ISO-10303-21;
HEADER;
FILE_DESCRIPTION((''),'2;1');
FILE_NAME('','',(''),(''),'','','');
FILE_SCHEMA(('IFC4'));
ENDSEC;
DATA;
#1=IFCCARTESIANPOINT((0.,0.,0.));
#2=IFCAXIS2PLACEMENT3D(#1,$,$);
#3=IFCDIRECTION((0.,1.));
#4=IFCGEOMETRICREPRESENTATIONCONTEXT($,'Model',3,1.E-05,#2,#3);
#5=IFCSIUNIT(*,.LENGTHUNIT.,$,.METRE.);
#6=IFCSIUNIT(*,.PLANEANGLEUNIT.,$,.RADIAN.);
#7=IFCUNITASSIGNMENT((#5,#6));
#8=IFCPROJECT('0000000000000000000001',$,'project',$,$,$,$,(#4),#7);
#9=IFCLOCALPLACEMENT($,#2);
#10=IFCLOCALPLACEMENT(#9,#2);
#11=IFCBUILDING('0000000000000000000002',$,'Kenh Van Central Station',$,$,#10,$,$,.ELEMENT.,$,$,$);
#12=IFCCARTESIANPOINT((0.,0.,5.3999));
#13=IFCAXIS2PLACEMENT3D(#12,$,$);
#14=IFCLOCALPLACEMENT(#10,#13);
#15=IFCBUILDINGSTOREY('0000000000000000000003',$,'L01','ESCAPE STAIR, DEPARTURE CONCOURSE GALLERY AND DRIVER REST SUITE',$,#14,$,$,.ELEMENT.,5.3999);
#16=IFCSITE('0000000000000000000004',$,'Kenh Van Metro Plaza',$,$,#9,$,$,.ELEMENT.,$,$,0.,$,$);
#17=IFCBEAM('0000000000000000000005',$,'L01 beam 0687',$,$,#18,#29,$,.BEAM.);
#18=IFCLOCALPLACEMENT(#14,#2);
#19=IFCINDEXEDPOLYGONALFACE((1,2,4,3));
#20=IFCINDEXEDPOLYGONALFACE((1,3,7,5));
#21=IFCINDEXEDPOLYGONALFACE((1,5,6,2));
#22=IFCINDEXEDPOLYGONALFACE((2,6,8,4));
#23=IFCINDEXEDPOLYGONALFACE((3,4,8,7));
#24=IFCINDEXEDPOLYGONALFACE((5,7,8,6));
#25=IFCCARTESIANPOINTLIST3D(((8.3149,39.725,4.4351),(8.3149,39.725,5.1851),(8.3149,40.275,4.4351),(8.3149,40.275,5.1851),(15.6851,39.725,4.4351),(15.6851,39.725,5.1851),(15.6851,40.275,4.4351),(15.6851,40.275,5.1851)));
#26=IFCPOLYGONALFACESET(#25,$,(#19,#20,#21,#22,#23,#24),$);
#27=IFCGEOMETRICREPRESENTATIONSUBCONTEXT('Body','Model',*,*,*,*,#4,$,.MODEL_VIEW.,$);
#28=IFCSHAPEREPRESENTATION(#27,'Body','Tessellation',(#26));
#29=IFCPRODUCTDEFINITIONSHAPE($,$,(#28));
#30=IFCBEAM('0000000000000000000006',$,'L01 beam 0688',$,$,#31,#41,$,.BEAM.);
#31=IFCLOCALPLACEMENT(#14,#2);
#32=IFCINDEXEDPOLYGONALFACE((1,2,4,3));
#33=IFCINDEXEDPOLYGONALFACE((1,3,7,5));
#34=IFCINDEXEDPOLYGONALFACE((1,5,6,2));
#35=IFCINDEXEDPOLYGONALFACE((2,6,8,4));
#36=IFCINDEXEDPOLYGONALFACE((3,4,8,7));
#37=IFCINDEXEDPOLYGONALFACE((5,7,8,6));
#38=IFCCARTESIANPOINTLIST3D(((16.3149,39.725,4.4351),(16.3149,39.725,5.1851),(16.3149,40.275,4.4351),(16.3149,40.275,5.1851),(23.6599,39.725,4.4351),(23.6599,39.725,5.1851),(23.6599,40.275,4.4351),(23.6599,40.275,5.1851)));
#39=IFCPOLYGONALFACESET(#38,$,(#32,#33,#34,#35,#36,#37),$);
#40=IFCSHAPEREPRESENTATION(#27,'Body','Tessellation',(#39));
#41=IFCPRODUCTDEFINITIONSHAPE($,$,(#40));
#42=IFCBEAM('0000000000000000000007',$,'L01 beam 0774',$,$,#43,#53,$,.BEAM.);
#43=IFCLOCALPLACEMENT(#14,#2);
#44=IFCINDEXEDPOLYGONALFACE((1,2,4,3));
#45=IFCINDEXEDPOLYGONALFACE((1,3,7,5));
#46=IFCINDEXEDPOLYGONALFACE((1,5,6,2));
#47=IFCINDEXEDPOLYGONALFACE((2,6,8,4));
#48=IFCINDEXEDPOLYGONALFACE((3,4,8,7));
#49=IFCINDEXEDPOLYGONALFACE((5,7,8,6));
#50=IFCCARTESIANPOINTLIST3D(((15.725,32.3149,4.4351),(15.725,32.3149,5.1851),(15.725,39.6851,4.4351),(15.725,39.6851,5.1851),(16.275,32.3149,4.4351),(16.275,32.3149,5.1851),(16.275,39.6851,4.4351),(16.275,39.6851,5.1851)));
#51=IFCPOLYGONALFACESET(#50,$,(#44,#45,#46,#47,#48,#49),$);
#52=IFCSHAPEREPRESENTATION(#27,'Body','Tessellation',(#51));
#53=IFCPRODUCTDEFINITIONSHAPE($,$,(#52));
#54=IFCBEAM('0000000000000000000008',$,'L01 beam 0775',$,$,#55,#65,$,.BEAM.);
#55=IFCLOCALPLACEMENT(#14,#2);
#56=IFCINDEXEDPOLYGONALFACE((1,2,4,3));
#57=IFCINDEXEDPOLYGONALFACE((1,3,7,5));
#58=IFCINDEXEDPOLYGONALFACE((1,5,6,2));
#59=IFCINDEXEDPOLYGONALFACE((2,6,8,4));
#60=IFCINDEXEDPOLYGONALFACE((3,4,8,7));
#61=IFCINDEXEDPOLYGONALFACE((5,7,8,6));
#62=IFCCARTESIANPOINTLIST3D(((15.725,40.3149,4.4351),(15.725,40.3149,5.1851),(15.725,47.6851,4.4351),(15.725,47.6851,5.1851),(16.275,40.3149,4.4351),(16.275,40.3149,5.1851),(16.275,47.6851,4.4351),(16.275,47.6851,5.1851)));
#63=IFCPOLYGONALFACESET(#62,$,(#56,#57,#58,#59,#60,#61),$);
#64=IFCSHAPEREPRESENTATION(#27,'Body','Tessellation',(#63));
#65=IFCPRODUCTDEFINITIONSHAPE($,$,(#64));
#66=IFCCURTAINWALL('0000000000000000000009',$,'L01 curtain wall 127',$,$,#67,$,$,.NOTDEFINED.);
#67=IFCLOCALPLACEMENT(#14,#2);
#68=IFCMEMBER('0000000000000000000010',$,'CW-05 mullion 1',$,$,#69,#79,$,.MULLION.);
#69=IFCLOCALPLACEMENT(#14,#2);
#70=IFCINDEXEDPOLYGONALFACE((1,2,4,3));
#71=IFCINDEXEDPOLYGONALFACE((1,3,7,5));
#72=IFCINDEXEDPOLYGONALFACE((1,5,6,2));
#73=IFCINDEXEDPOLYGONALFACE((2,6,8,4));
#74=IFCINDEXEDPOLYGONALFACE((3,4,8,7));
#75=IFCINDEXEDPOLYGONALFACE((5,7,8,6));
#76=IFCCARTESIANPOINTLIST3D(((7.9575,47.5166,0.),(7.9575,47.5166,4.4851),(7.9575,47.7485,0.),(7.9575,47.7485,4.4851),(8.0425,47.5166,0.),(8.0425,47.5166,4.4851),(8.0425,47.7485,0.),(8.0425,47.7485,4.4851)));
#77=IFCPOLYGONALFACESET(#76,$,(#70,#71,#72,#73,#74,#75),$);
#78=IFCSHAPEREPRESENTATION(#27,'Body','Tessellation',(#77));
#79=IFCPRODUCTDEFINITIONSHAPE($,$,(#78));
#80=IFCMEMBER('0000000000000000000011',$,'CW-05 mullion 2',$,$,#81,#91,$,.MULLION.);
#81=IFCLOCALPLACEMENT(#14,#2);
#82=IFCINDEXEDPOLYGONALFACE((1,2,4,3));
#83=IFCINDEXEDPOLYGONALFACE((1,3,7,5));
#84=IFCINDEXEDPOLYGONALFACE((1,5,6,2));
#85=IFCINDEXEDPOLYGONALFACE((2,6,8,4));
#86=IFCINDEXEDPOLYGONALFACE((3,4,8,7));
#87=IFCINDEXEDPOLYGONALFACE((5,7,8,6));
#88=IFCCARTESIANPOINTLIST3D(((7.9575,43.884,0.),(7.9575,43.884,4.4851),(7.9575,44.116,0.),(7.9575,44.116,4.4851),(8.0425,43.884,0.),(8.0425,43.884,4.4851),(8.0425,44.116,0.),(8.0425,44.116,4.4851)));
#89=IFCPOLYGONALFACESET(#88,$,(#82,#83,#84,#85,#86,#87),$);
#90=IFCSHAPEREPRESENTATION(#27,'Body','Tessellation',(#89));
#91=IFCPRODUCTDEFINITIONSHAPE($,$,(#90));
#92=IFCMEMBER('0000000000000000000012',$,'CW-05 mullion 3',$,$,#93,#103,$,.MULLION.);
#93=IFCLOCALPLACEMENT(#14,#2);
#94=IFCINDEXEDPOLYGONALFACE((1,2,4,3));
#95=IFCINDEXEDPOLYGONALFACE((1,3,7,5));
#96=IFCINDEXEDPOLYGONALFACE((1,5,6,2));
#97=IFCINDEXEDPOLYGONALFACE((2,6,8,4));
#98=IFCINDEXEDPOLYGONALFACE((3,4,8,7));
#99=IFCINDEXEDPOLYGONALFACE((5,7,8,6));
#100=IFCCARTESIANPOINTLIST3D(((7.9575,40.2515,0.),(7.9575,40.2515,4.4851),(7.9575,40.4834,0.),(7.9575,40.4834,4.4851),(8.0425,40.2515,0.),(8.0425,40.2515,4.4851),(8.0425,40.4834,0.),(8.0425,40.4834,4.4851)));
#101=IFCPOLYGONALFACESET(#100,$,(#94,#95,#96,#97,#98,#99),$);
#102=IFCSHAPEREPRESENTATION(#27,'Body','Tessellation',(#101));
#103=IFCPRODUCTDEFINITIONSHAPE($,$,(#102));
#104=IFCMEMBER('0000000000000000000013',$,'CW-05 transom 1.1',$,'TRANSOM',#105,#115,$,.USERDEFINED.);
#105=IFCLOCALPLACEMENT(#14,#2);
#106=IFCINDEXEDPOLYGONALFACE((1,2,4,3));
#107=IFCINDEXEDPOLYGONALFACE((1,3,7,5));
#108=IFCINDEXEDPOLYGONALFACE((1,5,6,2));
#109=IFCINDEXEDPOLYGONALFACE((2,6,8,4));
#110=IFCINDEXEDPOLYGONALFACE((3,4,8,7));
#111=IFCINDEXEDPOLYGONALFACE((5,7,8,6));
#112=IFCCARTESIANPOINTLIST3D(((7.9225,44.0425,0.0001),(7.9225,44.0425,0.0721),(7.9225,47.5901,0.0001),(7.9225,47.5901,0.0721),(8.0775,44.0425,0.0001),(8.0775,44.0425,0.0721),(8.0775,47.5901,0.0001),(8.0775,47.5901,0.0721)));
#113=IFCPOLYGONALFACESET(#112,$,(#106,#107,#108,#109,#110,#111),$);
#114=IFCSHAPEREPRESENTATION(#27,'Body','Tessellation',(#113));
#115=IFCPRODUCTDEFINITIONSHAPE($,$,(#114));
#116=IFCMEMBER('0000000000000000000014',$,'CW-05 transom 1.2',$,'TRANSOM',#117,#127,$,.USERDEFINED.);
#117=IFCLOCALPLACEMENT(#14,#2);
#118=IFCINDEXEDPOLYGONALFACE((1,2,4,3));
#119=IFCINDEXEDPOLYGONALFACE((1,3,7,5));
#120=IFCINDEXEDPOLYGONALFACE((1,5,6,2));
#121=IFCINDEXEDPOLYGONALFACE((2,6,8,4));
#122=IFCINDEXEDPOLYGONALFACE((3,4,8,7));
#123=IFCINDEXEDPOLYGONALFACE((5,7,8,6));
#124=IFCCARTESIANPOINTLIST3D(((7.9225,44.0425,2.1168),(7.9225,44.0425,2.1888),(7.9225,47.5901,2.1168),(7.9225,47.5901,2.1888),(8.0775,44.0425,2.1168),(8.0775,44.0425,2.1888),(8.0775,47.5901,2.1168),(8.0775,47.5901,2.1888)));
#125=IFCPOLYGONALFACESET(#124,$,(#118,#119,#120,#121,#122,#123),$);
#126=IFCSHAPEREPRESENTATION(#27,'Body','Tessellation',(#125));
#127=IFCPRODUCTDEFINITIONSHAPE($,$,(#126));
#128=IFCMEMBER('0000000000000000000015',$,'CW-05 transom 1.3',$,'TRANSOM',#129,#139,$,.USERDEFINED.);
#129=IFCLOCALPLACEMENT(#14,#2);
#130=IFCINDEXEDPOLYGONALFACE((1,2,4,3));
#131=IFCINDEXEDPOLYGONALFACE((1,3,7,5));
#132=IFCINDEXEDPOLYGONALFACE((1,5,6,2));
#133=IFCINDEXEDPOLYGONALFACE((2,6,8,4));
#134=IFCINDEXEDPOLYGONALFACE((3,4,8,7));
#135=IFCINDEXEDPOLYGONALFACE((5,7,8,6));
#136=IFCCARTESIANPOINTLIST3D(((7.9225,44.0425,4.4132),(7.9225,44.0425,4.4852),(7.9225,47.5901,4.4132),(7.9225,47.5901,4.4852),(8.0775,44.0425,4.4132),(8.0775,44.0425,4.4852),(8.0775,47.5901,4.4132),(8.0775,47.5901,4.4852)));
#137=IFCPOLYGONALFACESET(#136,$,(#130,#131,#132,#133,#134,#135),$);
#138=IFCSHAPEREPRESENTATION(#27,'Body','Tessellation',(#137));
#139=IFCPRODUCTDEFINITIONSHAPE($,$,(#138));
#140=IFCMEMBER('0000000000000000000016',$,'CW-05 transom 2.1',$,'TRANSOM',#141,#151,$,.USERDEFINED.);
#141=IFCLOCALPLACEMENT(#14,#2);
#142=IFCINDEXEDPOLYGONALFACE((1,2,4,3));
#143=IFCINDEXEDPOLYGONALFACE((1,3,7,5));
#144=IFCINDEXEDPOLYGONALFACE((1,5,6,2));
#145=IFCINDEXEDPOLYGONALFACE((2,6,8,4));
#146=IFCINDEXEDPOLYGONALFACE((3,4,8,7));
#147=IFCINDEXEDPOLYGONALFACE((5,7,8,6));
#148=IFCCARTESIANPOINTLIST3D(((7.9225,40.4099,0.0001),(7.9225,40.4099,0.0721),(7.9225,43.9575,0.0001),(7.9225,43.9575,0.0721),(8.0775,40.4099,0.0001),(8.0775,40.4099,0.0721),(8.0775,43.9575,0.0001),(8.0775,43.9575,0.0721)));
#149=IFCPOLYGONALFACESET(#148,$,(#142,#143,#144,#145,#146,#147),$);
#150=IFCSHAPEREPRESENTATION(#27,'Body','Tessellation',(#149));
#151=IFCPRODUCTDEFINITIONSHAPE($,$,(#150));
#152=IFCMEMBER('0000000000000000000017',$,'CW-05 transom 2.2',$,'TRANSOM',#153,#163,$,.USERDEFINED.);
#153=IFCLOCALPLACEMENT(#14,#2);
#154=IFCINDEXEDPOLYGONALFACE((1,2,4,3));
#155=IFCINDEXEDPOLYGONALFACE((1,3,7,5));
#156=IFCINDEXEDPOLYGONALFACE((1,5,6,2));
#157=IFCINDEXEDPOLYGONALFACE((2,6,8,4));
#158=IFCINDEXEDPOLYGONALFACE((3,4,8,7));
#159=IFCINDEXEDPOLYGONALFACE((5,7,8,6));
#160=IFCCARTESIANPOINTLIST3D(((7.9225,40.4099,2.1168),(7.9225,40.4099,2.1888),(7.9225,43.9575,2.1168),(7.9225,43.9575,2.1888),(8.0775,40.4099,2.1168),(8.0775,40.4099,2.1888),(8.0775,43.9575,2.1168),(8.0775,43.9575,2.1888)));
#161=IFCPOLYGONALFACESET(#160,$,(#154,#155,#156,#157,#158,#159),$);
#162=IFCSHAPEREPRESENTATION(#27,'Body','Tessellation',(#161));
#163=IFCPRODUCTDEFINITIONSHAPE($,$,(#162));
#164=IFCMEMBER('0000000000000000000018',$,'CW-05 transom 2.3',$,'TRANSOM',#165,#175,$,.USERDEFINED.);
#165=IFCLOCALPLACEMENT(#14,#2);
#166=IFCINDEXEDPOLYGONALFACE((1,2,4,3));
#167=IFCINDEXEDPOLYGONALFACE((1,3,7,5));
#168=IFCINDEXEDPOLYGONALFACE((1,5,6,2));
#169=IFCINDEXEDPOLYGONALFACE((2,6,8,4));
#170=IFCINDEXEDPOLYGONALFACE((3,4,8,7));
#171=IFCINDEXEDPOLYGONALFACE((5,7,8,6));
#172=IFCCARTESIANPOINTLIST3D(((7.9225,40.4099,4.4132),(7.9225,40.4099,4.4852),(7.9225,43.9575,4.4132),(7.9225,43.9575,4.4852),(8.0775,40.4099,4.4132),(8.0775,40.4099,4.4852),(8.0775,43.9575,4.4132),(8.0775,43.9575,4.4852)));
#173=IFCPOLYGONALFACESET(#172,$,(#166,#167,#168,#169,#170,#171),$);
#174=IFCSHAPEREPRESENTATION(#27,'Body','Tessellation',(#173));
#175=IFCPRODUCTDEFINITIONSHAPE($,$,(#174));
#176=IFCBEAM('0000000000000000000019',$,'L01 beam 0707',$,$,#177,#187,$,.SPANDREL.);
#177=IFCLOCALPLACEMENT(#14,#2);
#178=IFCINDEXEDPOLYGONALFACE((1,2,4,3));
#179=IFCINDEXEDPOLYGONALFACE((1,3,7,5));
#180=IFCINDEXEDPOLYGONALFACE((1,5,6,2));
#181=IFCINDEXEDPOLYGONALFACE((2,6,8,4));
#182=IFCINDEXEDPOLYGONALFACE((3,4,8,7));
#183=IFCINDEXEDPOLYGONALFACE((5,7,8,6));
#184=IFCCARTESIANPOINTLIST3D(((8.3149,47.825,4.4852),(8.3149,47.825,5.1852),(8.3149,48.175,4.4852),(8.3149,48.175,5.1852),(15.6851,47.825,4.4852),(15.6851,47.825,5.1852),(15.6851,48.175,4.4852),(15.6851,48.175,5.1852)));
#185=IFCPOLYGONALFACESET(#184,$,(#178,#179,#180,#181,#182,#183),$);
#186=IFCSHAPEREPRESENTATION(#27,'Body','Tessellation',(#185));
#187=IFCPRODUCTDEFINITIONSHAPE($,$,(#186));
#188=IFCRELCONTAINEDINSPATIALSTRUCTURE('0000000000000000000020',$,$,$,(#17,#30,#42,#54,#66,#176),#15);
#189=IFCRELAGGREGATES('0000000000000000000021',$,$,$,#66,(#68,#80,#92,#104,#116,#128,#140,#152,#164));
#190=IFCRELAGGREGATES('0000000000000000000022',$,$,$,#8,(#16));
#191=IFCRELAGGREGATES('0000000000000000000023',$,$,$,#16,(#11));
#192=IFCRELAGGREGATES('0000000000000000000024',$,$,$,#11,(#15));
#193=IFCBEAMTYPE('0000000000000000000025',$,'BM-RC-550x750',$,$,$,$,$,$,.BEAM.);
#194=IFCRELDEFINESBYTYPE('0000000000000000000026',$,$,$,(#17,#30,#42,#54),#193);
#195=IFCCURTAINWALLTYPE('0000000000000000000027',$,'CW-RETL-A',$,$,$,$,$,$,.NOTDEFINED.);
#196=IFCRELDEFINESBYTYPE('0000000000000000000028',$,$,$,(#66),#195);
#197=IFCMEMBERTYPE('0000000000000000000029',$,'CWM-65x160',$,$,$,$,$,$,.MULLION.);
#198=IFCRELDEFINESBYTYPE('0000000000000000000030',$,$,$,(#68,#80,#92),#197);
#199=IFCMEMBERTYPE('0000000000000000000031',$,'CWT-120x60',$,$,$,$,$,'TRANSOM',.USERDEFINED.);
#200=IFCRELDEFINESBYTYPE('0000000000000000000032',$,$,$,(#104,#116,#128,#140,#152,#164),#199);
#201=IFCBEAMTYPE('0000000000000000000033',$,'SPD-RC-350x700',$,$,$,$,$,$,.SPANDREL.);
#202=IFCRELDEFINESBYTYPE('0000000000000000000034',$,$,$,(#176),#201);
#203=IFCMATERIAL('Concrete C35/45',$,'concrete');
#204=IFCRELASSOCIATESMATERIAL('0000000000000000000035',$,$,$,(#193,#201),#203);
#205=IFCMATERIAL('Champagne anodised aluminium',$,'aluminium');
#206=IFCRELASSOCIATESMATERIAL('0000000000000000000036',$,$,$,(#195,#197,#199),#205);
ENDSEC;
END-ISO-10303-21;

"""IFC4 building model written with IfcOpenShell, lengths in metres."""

from ifc_helpers import new_model, si_unit, direction, frame, origin, origin_2d, place, context, subcontext, project, spatial, rectangle, extrude, material, material_profile, profile_set, type_object, element, aggregate, save


model = new_model("IFC4")

# Units and contexts
model_context = context("Model", 3, precision=1e-05, world=origin(), true_north=direction((0.0, 1.0)))
body_context = subcontext(model_context, "Body", "Model", "MODEL_VIEW")
ifc_project = project(units=[si_unit("LENGTHUNIT", "METRE"), si_unit("PLANEANGLEUNIT", "RADIAN")], contexts=[model_context])

# Site, building, storey
site_placement = place(None, origin())
site = spatial("IfcSite", under=ifc_project, at=site_placement, Name="Kenh Van Metro Plaza", CompositionType="ELEMENT", RefElevation=0.0)
building_placement = place(site_placement, origin())
building = spatial("IfcBuilding", under=site, at=building_placement, Name="Kenh Van Central Station", CompositionType="ELEMENT")
storey_placement = place(building_placement, frame((0.0, 0.0, 5.3999)))
storey = spatial("IfcBuildingStorey", under=building, at=storey_placement, Name="L01", Description="ESCAPE STAIR, DEPARTURE CONCOURSE GALLERY AND DRIVER REST SUITE", CompositionType="ELEMENT", Elevation=5.3999)

# Shared definitions
ifc_material_1 = material(Name="Concrete C35/45", Category="concrete")

# Beams
ifc_material_profile_1 = material_profile(ifc_material_1, rectangle(XDim=0.55, YDim=0.75, at=origin_2d()), Name="RC 550x750")
ifc_profile_set_1 = profile_set([ifc_material_profile_1], Name="Concrete C35/45")
beam_type_1 = type_object("IfcBeamType", Name="BM-RC-550x750", PredefinedType="BEAM", material=ifc_profile_set_1)
beam_1_placement = place(storey_placement, frame((8.3149, 40.0, 4.8101), z_axis=(1.0, 0.0, 0.0), x_axis=(0.0, 1.0, 0.0)))
element("IfcBeam", 1, at=beam_1_placement, inside=storey, type_object=beam_type_1, Name="L01 beam 0687", PredefinedType="BEAM", context=body_context, shape_type="SweptSolid", body=[
    extrude(rectangle(XDim=0.55, YDim=0.75, at=origin_2d()), origin(), (0.0, 0.0, 1.0), 7.3701),
])
beam_2_placement = place(storey_placement, frame((16.3149, 40.0, 4.8101), z_axis=(1.0, 0.0, 0.0), x_axis=(0.0, 1.0, 0.0)))
element("IfcBeam", 2, at=beam_2_placement, inside=storey, type_object=beam_type_1, Name="L01 beam 0688", PredefinedType="BEAM", context=body_context, shape_type="SweptSolid", body=[
    extrude(rectangle(XDim=0.55, YDim=0.75, at=origin_2d()), origin(), (0.0, 0.0, 1.0), 7.345),
])
for number, where, z_axis, x_axis, name in (
    (3, (16.0, 32.3149, 4.8101), (0.0, 1.0, 0.0), (-1.0, 0.0, 0.0), "L01 beam 0774"),
    (4, (16.0, 40.3149, 4.8101), (0.0, 1.0, 0.0), (-1.0, 0.0, 0.0), "L01 beam 0775"),
):
    element("IfcBeam", number, at=place(storey_placement, frame(where, z_axis=z_axis, x_axis=x_axis)), inside=storey, type_object=beam_type_1, Name=name, PredefinedType="BEAM", context=body_context, shape_type="SweptSolid", body=[
        extrude(rectangle(XDim=0.55, YDim=0.75, at=origin_2d()), origin(), (0.0, 0.0, 1.0), 7.3701),
    ])

# Curtain wall, members
ifc_material_2 = material(Name="Champagne anodised aluminium", Category="aluminium")
curtain_wall_type = type_object("IfcCurtainWallType", Name="CW-RETL-A", PredefinedType="NOTDEFINED", material=ifc_material_2)
curtain_wall_placement = place(storey_placement, origin())
curtain_wall = element("IfcCurtainWall", 5, at=curtain_wall_placement, inside=storey, type_object=curtain_wall_type, Name="L01 curtain wall 127", PredefinedType="NOTDEFINED")
ifc_material_profile_2 = material_profile(ifc_material_2, rectangle(XDim=0.085, YDim=0.2319, at=origin_2d()), Name="AL 85x232")
ifc_profile_set_2 = profile_set([ifc_material_profile_2], Name="Champagne anodised aluminium")
member_type_1 = type_object("IfcMemberType", Name="CWM-65x160", PredefinedType="MULLION", material=ifc_profile_set_2)
member_1_placement = place(storey_placement, frame((8.0, 47.6326, 0.0), z_axis=(0.0, 0.0, 1.0), x_axis=(1.0, 0.0, 0.0)))
member_1 = element("IfcMember", 6, at=member_1_placement, type_object=member_type_1, Name="CW-05 mullion 1", PredefinedType="MULLION", context=body_context, shape_type="SweptSolid", body=[
    extrude(rectangle(XDim=0.085, YDim=0.2319, at=origin_2d()), origin(), (0.0, 0.0, 1.0), 4.4851),
])
member_2_placement = place(storey_placement, frame((8.0, 44.0, 0.0), z_axis=(0.0, 0.0, 1.0), x_axis=(1.0, 0.0, 0.0)))
member_2 = element("IfcMember", 7, at=member_2_placement, type_object=member_type_1, Name="CW-05 mullion 2", PredefinedType="MULLION", context=body_context, shape_type="SweptSolid", body=[
    extrude(rectangle(XDim=0.085, YDim=0.2319, at=origin_2d()), origin(), (0.0, 0.0, 1.0), 4.4851),
])
member_3_placement = place(storey_placement, frame((8.0, 40.3674, 0.0), z_axis=(0.0, 0.0, 1.0), x_axis=(1.0, 0.0, 0.0)))
member_3 = element("IfcMember", 8, at=member_3_placement, type_object=member_type_1, Name="CW-05 mullion 3", PredefinedType="MULLION", context=body_context, shape_type="SweptSolid", body=[
    extrude(rectangle(XDim=0.085, YDim=0.2319, at=origin_2d()), origin(), (0.0, 0.0, 1.0), 4.4851),
])
ifc_material_profile_3 = material_profile(ifc_material_2, rectangle(XDim=0.155, YDim=0.072, at=origin_2d()), Name="AL 155x72")
ifc_profile_set_3 = profile_set([ifc_material_profile_3], Name="Champagne anodised aluminium")
member_type_2 = type_object("IfcMemberType", Name="CWT-120x60", ElementType="TRANSOM", PredefinedType="USERDEFINED", material=ifc_profile_set_3)
member_4_placement = place(storey_placement, frame((8.0, 47.5901, 0.0361), z_axis=(0.0, -1.0, 0.0), x_axis=(1.0, 0.0, 0.0)))
member_4 = element("IfcMember", 9, at=member_4_placement, type_object=member_type_2, Name="CW-05 transom 1.1", ObjectType="TRANSOM", PredefinedType="USERDEFINED", context=body_context, shape_type="SweptSolid", body=[
    extrude(rectangle(XDim=0.155, YDim=0.072, at=origin_2d()), origin(), (0.0, 0.0, 1.0), 3.5476),
])
member_5_placement = place(storey_placement, frame((8.0, 47.5901, 2.1528), z_axis=(0.0, -1.0, 0.0), x_axis=(1.0, 0.0, 0.0)))
member_5 = element("IfcMember", 10, at=member_5_placement, type_object=member_type_2, Name="CW-05 transom 1.2", ObjectType="TRANSOM", PredefinedType="USERDEFINED", context=body_context, shape_type="SweptSolid", body=[
    extrude(rectangle(XDim=0.155, YDim=0.072, at=origin_2d()), origin(), (0.0, 0.0, 1.0), 3.5476),
])
member_6_placement = place(storey_placement, frame((8.0, 47.5901, 4.4492), z_axis=(0.0, -1.0, 0.0), x_axis=(1.0, 0.0, 0.0)))
member_6 = element("IfcMember", 11, at=member_6_placement, type_object=member_type_2, Name="CW-05 transom 1.3", ObjectType="TRANSOM", PredefinedType="USERDEFINED", context=body_context, shape_type="SweptSolid", body=[
    extrude(rectangle(XDim=0.155, YDim=0.072, at=origin_2d()), origin(), (0.0, 0.0, 1.0), 3.5476),
])
member_7_placement = place(storey_placement, frame((8.0, 43.9575, 0.0361), z_axis=(0.0, -1.0, 0.0), x_axis=(1.0, 0.0, 0.0)))
member_7 = element("IfcMember", 12, at=member_7_placement, type_object=member_type_2, Name="CW-05 transom 2.1", ObjectType="TRANSOM", PredefinedType="USERDEFINED", context=body_context, shape_type="SweptSolid", body=[
    extrude(rectangle(XDim=0.155, YDim=0.072, at=origin_2d()), origin(), (0.0, 0.0, 1.0), 3.5476),
])
member_8_placement = place(storey_placement, frame((8.0, 43.9575, 2.1528), z_axis=(0.0, -1.0, 0.0), x_axis=(1.0, 0.0, 0.0)))
member_8 = element("IfcMember", 13, at=member_8_placement, type_object=member_type_2, Name="CW-05 transom 2.2", ObjectType="TRANSOM", PredefinedType="USERDEFINED", context=body_context, shape_type="SweptSolid", body=[
    extrude(rectangle(XDim=0.155, YDim=0.072, at=origin_2d()), origin(), (0.0, 0.0, 1.0), 3.5476),
])
member_9_placement = place(storey_placement, frame((8.0, 43.9575, 4.4492), z_axis=(0.0, -1.0, 0.0), x_axis=(1.0, 0.0, 0.0)))
member_9 = element("IfcMember", 14, at=member_9_placement, type_object=member_type_2, Name="CW-05 transom 2.3", ObjectType="TRANSOM", PredefinedType="USERDEFINED", context=body_context, shape_type="SweptSolid", body=[
    extrude(rectangle(XDim=0.155, YDim=0.072, at=origin_2d()), origin(), (0.0, 0.0, 1.0), 3.5476),
])

# Beam
ifc_material_profile_4 = material_profile(ifc_material_1, rectangle(XDim=0.3501, YDim=0.7, at=origin_2d()), Name="RC 350x700")
ifc_profile_set_4 = profile_set([ifc_material_profile_4], Name="Concrete C35/45")
beam_type_2 = type_object("IfcBeamType", Name="SPD-RC-350x700", PredefinedType="SPANDREL", material=ifc_profile_set_4)
beam_3_placement = place(storey_placement, frame((8.3149, 48.0, 4.8352), z_axis=(1.0, 0.0, 0.0), x_axis=(0.0, 1.0, 0.0)))
element("IfcBeam", 15, at=beam_3_placement, inside=storey, type_object=beam_type_2, Name="L01 beam 0707", PredefinedType="SPANDREL", context=body_context, shape_type="SweptSolid", body=[
    extrude(rectangle(XDim=0.3501, YDim=0.7, at=origin_2d()), origin(), (0.0, 0.0, 1.0), 7.3701),
])

aggregate(curtain_wall, [member_1, member_2, member_3, member_4, member_5, member_6, member_7, member_8, member_9])

save(model, "model.ifc")
